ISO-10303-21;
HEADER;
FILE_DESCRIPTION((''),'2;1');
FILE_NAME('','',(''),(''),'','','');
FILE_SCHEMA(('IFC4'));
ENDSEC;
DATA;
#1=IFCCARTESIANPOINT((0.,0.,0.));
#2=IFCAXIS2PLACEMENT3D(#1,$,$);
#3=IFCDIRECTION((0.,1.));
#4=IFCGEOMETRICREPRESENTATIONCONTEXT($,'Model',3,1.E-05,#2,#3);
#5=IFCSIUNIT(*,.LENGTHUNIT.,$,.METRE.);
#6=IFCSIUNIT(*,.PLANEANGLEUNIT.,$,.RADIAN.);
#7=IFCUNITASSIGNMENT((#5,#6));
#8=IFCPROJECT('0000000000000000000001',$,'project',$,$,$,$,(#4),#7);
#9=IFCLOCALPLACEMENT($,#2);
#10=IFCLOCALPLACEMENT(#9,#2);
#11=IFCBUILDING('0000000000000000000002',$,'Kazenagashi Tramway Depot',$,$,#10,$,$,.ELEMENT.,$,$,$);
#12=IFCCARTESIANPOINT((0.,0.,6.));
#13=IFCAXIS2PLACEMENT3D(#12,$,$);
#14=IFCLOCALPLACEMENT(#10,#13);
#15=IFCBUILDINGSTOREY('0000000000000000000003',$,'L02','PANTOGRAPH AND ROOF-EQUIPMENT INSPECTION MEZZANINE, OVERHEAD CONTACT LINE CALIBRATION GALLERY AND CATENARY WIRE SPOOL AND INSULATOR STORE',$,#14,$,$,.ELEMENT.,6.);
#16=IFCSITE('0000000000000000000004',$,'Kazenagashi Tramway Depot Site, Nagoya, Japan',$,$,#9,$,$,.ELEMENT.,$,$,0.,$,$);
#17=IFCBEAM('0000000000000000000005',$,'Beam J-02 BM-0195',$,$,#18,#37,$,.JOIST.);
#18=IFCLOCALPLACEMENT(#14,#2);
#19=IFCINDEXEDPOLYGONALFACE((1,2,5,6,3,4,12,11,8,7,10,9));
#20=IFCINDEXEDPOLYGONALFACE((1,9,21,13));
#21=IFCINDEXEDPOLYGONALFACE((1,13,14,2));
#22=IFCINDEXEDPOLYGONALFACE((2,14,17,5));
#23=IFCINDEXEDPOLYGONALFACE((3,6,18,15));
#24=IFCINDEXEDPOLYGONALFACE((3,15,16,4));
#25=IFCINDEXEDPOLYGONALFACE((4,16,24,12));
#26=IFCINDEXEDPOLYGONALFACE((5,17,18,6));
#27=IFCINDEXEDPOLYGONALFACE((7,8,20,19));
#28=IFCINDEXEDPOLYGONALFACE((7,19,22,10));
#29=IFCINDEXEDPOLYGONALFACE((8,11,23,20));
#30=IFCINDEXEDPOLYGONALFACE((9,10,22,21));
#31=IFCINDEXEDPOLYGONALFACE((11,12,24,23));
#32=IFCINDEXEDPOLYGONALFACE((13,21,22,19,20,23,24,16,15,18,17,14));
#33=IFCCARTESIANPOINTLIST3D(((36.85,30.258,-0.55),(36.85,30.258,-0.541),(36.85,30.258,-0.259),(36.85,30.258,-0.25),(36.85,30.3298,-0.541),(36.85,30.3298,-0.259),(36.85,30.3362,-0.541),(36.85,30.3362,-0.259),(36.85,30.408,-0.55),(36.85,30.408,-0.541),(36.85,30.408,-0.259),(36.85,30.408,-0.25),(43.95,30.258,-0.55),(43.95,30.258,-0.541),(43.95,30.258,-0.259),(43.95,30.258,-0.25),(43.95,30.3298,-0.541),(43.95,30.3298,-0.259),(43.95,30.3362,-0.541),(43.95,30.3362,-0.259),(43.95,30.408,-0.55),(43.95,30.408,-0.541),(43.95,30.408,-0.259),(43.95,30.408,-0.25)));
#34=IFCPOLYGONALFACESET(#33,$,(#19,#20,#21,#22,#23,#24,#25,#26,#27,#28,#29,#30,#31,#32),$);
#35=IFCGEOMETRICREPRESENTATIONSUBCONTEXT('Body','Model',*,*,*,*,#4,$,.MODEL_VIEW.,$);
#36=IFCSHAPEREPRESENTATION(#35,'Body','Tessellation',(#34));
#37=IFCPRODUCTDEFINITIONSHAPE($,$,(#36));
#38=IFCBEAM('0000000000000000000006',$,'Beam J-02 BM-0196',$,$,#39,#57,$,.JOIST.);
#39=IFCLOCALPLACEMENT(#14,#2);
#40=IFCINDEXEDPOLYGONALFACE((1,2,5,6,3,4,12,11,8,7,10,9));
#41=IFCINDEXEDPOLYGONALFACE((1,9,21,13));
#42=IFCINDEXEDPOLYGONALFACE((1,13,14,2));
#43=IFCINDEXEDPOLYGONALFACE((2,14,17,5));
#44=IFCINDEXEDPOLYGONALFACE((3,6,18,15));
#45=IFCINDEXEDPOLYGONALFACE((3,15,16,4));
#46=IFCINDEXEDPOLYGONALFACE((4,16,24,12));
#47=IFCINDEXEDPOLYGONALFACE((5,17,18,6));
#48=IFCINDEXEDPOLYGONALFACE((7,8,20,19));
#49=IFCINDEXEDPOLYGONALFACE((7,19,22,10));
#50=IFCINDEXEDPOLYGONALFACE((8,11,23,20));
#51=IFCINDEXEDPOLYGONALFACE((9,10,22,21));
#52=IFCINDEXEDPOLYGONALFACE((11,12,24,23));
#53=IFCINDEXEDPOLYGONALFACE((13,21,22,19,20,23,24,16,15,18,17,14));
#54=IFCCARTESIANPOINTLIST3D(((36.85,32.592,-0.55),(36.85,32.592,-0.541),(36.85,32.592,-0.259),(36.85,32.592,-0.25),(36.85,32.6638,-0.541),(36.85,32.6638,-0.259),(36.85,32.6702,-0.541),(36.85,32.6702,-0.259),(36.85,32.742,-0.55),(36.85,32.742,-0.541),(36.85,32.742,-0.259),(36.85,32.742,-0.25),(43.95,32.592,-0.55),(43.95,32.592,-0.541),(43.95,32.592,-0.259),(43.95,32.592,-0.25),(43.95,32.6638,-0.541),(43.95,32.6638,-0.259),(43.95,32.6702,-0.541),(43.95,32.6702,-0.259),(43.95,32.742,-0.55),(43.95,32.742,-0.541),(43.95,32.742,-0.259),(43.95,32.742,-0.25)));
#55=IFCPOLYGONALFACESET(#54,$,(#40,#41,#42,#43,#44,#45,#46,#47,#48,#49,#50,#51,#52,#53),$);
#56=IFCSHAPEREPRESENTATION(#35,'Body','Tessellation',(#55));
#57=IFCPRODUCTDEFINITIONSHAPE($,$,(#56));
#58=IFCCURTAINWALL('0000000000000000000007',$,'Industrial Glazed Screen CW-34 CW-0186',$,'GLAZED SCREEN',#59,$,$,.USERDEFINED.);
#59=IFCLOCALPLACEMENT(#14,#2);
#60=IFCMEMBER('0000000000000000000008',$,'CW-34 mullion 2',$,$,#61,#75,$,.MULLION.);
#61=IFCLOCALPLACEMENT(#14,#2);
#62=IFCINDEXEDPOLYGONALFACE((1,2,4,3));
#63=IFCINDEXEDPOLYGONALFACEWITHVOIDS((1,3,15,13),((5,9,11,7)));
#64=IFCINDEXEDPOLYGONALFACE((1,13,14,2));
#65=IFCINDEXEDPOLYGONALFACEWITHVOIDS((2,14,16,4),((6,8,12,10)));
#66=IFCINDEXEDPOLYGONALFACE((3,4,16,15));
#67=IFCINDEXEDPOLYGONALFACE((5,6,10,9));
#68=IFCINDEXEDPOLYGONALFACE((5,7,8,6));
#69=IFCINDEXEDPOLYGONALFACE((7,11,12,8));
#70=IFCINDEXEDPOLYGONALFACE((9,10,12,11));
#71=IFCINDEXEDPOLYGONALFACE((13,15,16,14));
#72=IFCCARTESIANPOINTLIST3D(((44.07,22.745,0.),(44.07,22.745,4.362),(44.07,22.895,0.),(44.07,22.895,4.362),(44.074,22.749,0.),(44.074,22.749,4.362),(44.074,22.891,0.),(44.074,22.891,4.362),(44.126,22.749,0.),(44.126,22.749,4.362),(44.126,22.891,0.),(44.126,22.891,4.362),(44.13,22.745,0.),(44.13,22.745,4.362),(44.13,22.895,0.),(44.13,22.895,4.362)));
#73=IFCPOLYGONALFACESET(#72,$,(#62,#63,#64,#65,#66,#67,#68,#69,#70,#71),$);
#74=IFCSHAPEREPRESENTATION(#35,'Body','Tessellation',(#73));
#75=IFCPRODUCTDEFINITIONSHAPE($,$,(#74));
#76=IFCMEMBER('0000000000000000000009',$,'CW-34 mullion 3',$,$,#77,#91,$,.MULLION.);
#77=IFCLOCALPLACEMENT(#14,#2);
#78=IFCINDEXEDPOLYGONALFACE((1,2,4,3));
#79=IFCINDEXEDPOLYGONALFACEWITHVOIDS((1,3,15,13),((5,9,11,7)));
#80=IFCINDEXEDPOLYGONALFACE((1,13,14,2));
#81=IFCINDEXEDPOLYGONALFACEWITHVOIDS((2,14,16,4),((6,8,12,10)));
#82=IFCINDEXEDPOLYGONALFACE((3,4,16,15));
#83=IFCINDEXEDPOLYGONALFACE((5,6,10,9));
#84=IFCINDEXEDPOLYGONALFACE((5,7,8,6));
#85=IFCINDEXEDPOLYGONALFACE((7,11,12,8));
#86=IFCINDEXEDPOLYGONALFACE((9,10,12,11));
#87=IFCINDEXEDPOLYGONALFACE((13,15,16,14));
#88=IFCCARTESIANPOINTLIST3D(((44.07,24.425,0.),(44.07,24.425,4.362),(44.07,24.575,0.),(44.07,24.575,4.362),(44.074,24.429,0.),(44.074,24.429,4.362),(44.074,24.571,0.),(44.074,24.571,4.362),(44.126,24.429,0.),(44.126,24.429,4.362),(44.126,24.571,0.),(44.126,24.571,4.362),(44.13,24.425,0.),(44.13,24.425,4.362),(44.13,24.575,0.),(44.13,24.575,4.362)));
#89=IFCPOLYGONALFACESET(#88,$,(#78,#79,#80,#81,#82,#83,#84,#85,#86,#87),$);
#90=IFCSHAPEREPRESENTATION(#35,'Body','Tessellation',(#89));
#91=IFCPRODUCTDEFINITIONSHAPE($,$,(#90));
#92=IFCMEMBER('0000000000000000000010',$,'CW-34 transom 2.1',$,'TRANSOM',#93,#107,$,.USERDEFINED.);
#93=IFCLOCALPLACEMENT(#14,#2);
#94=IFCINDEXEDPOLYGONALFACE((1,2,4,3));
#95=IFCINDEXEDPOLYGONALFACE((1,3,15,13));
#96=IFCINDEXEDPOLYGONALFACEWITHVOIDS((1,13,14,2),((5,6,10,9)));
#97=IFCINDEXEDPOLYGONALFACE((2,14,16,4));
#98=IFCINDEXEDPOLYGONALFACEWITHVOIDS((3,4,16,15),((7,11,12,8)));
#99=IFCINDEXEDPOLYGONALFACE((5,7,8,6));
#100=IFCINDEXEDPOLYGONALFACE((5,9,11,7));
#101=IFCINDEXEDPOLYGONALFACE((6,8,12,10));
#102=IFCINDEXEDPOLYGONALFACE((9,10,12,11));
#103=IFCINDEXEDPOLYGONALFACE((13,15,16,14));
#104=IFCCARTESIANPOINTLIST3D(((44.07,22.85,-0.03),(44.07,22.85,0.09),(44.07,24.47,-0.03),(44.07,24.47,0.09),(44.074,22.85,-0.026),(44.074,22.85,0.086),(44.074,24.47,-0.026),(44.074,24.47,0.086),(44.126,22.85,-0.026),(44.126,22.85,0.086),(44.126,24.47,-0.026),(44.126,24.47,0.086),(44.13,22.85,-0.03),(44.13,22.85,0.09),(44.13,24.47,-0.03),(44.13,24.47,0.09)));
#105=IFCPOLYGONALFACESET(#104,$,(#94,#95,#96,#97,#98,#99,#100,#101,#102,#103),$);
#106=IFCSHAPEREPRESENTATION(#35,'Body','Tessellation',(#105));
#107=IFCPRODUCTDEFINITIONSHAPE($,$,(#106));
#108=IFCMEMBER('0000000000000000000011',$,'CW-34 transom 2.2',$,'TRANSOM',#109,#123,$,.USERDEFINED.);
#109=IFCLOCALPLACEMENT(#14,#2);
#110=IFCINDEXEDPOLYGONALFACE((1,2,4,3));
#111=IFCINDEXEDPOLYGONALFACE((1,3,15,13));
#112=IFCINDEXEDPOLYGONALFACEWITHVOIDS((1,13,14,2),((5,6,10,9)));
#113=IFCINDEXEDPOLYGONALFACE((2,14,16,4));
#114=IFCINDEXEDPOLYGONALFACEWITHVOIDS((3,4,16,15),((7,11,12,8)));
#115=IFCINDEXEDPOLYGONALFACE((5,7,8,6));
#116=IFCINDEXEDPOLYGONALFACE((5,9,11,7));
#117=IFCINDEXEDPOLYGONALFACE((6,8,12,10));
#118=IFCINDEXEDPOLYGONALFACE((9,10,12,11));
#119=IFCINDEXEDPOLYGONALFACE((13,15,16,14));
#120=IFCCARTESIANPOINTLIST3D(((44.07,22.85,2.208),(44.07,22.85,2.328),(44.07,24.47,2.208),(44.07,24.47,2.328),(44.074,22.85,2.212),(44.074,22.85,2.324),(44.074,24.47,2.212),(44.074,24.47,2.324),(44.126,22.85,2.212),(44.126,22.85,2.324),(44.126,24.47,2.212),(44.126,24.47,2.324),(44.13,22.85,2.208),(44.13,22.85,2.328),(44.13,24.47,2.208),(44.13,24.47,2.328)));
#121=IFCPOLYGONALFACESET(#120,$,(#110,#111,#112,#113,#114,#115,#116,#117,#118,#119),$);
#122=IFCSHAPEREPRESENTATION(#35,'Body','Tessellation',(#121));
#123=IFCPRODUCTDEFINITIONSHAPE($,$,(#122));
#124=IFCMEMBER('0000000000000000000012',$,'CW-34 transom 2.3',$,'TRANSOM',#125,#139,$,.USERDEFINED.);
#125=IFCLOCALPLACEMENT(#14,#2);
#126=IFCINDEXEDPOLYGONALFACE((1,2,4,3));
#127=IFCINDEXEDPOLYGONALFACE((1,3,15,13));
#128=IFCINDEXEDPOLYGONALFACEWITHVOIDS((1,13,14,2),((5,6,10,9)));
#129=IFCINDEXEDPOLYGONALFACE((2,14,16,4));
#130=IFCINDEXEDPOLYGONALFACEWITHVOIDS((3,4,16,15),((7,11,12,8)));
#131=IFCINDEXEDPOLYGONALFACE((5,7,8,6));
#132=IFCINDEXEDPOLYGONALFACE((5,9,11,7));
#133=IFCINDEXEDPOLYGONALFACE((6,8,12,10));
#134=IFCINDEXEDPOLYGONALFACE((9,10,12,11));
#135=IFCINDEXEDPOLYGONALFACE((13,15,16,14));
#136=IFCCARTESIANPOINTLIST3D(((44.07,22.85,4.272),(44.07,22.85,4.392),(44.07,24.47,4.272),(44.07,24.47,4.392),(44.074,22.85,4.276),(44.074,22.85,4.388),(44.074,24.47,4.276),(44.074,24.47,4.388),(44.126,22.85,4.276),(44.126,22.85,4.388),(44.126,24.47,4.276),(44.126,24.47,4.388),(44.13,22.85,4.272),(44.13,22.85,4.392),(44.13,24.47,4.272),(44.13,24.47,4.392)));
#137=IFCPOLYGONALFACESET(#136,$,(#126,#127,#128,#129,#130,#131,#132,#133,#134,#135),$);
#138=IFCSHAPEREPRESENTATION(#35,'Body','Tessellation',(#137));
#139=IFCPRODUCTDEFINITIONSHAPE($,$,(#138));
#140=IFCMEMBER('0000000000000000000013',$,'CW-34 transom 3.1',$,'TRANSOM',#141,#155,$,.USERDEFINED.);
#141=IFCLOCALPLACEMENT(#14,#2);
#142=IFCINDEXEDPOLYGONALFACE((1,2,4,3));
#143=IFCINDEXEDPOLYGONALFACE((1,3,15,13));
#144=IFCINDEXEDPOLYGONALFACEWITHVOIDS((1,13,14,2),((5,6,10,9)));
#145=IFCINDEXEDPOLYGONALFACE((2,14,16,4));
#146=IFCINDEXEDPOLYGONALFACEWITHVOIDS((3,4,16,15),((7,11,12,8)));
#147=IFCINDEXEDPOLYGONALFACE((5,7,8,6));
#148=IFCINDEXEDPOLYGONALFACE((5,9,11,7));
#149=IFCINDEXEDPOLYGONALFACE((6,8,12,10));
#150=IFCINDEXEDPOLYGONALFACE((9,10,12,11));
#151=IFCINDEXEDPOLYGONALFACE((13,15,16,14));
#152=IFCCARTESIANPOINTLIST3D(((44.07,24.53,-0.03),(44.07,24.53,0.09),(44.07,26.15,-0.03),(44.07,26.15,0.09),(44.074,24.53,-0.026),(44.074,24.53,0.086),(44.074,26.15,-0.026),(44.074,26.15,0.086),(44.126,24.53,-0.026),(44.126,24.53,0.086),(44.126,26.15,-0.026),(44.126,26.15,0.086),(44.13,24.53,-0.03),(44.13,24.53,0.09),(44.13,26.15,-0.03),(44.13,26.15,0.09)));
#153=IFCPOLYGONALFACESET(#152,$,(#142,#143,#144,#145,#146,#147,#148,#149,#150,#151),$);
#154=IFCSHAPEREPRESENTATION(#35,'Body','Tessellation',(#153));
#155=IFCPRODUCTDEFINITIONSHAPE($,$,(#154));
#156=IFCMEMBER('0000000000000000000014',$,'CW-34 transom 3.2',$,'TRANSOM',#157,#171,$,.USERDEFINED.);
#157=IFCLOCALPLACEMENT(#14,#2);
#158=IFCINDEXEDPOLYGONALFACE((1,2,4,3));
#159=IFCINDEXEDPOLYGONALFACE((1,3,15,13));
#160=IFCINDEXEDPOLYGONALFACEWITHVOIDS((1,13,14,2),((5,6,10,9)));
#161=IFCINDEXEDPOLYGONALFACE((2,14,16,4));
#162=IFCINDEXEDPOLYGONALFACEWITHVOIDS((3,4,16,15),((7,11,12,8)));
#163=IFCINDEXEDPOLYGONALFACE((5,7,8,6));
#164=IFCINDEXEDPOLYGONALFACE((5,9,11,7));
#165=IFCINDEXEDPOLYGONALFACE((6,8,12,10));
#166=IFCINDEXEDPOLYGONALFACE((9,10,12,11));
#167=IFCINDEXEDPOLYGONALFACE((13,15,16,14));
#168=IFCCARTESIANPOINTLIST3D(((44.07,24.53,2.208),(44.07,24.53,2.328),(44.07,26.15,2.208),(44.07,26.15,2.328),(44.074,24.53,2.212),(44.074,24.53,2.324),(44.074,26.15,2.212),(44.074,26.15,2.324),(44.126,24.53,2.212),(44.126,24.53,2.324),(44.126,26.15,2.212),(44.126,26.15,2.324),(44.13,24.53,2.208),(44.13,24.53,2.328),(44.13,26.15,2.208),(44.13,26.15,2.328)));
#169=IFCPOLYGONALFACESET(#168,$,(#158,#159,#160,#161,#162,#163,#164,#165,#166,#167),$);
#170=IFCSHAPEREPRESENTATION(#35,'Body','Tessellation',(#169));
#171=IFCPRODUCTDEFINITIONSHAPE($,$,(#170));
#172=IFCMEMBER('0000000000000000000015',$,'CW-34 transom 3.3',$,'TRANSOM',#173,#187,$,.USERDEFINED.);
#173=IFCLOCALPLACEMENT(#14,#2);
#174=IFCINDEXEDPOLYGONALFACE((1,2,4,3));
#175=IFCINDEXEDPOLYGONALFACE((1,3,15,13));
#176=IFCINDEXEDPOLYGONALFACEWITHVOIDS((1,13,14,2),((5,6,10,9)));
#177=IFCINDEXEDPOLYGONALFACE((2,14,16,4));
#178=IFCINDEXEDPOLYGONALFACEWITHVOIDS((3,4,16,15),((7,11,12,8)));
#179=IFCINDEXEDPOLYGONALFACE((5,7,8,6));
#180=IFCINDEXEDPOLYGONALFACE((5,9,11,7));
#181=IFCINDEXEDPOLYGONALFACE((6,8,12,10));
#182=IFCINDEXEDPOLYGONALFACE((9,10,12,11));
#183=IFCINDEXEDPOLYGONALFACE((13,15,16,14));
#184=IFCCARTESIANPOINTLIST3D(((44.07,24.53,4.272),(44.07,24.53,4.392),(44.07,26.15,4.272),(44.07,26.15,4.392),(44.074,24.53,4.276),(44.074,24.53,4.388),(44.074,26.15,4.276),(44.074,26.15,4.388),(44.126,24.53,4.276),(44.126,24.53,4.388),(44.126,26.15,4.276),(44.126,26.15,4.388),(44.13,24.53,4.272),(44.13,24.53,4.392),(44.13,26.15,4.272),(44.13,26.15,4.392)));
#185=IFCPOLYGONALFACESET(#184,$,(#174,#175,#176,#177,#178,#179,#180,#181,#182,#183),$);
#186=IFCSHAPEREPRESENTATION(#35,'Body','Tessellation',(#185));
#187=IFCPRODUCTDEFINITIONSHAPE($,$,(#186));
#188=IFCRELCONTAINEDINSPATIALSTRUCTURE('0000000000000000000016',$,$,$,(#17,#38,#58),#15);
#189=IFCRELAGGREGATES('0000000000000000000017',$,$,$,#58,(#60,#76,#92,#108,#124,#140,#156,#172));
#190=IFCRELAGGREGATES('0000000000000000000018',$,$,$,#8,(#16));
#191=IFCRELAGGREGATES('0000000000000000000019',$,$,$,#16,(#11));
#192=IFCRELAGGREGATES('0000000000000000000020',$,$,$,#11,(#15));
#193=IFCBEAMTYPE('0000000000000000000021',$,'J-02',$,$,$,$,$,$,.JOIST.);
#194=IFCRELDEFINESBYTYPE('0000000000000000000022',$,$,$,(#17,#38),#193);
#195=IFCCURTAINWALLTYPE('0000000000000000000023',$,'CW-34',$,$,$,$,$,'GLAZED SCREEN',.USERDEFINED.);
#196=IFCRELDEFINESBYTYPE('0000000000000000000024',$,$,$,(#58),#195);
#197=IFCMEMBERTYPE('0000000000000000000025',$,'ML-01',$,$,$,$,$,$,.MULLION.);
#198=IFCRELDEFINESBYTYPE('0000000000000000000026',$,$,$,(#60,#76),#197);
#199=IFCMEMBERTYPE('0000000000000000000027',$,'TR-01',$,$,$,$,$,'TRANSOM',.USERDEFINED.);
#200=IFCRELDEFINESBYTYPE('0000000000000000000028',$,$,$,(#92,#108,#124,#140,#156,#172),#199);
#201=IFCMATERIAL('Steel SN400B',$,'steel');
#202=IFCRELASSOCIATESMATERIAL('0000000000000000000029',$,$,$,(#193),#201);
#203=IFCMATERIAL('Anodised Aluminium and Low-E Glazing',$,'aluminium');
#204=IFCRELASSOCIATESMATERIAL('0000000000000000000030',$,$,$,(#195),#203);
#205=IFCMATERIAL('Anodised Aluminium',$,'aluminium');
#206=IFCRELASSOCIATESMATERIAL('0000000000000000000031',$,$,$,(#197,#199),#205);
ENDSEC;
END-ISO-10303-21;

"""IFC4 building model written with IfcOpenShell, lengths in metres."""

from ifc_helpers import new_model, si_unit, direction, frame, origin, origin_2d, place, context, subcontext, project, spatial, hollow_rectangle, i_section, extrude, material, material_profile, profile_set, type_object, element, aggregate, save


model = new_model("IFC4")

# Units and contexts
model_context = context("Model", 3, precision=1e-05, world=origin(), true_north=direction((0.0, 1.0)))
body_context = subcontext(model_context, "Body", "Model", "MODEL_VIEW")
ifc_project = project(units=[si_unit("LENGTHUNIT", "METRE"), si_unit("PLANEANGLEUNIT", "RADIAN")], contexts=[model_context])

# Site, building, storey
site_placement = place(None, origin())
site = spatial("IfcSite", under=ifc_project, at=site_placement, Name="Kazenagashi Tramway Depot Site, Nagoya, Japan", CompositionType="ELEMENT", RefElevation=0.0)
building_placement = place(site_placement, origin())
building = spatial("IfcBuilding", under=site, at=building_placement, Name="Kazenagashi Tramway Depot", CompositionType="ELEMENT")
storey_placement = place(building_placement, frame((0.0, 0.0, 6.0)))
storey = spatial("IfcBuildingStorey", under=building, at=storey_placement, Name="L02", Description="PANTOGRAPH AND ROOF-EQUIPMENT INSPECTION MEZZANINE, OVERHEAD CONTACT LINE CALIBRATION GALLERY AND CATENARY WIRE SPOOL AND INSULATOR STORE", CompositionType="ELEMENT", Elevation=6.0)

# Beams
ifc_material_1 = material(Name="Steel SN400B", Category="steel")
ifc_material_profile_1 = material_profile(ifc_material_1, i_section(OverallWidth=0.15, OverallDepth=0.3, WebThickness=0.0065, FlangeThickness=0.009, at=origin_2d()), Name="H-300x150x6.5x9")
ifc_profile_set_1 = profile_set([ifc_material_profile_1], Name="Steel SN400B")
beam_type_1 = type_object("IfcBeamType", Name="J-02", PredefinedType="JOIST", material=ifc_profile_set_1)
for number, where, z_axis, x_axis, name in (
    (1, (36.85, 30.333, -0.4), (1.0, 0.0, 0.0), (0.0, 1.0, 0.0), "Beam J-02 BM-0195"),
    (2, (36.85, 32.667, -0.4), (1.0, 0.0, 0.0), (0.0, 1.0, 0.0), "Beam J-02 BM-0196"),
):
    element("IfcBeam", number, at=place(storey_placement, frame(where, z_axis=z_axis, x_axis=x_axis)), inside=storey, type_object=beam_type_1, Name=name, PredefinedType="JOIST", context=body_context, shape_type="SweptSolid", body=[
        extrude(i_section(OverallWidth=0.15, OverallDepth=0.3, WebThickness=0.0065, FlangeThickness=0.009, at=origin_2d()), origin(), (0.0, 0.0, 1.0), 7.1),
    ])

# Curtain wall, members
ifc_material_2 = material(Name="Anodised Aluminium and Low-E Glazing", Category="aluminium")
curtain_wall_type = type_object("IfcCurtainWallType", Name="CW-34", ElementType="GLAZED SCREEN", PredefinedType="USERDEFINED", material=ifc_material_2)
curtain_wall_placement = place(storey_placement, origin())
curtain_wall = element("IfcCurtainWall", 3, at=curtain_wall_placement, inside=storey, type_object=curtain_wall_type, Name="Industrial Glazed Screen CW-34 CW-0186", ObjectType="GLAZED SCREEN", PredefinedType="USERDEFINED")
ifc_material_3 = material(Name="Anodised Aluminium", Category="aluminium")
ifc_material_profile_2 = material_profile(ifc_material_3, hollow_rectangle(XDim=0.06, YDim=0.15, WallThickness=0.004, at=origin_2d()), Name="RHS-150x60x4")
ifc_profile_set_2 = profile_set([ifc_material_profile_2], Name="Anodised Aluminium")
member_type_1 = type_object("IfcMemberType", Name="ML-01", PredefinedType="MULLION", material=ifc_profile_set_2)
member_1_placement = place(storey_placement, frame((44.1, 22.82, 0.0), z_axis=(0.0, 0.0, 1.0), x_axis=(-1.0, 0.0, 0.0)))
member_1 = element("IfcMember", 4, at=member_1_placement, type_object=member_type_1, Name="CW-34 mullion 2", PredefinedType="MULLION", context=body_context, shape_type="SweptSolid", body=[
    extrude(hollow_rectangle(XDim=0.06, YDim=0.15, WallThickness=0.004, at=origin_2d()), origin(), (0.0, 0.0, 1.0), 4.362),
])
member_2_placement = place(storey_placement, frame((44.1, 24.5, 0.0), z_axis=(0.0, 0.0, 1.0), x_axis=(-1.0, 0.0, 0.0)))
member_2 = element("IfcMember", 5, at=member_2_placement, type_object=member_type_1, Name="CW-34 mullion 3", PredefinedType="MULLION", context=body_context, shape_type="SweptSolid", body=[
    extrude(hollow_rectangle(XDim=0.06, YDim=0.15, WallThickness=0.004, at=origin_2d()), origin(), (0.0, 0.0, 1.0), 4.362),
])
ifc_material_profile_3 = material_profile(ifc_material_3, hollow_rectangle(XDim=0.06, YDim=0.12, WallThickness=0.004, at=origin_2d()), Name="RHS-120x60x4")
ifc_profile_set_3 = profile_set([ifc_material_profile_3], Name="Anodised Aluminium")
member_type_2 = type_object("IfcMemberType", Name="TR-01", ElementType="TRANSOM", PredefinedType="USERDEFINED", material=ifc_profile_set_3)
member_3_placement = place(storey_placement, frame((44.1, 22.85, 0.03), z_axis=(0.0, 1.0, 0.0), x_axis=(-1.0, 0.0, 0.0)))
member_3 = element("IfcMember", 6, at=member_3_placement, type_object=member_type_2, Name="CW-34 transom 2.1", ObjectType="TRANSOM", PredefinedType="USERDEFINED", context=body_context, shape_type="SweptSolid", body=[
    extrude(hollow_rectangle(XDim=0.06, YDim=0.12, WallThickness=0.004, at=origin_2d()), origin(), (0.0, 0.0, 1.0), 1.62),
])
member_4_placement = place(storey_placement, frame((44.1, 22.85, 2.268), z_axis=(0.0, 1.0, 0.0), x_axis=(-1.0, 0.0, 0.0)))
member_4 = element("IfcMember", 7, at=member_4_placement, type_object=member_type_2, Name="CW-34 transom 2.2", ObjectType="TRANSOM", PredefinedType="USERDEFINED", context=body_context, shape_type="SweptSolid", body=[
    extrude(hollow_rectangle(XDim=0.06, YDim=0.12, WallThickness=0.004, at=origin_2d()), origin(), (0.0, 0.0, 1.0), 1.62),
])
member_5_placement = place(storey_placement, frame((44.1, 22.85, 4.332), z_axis=(0.0, 1.0, 0.0), x_axis=(-1.0, 0.0, 0.0)))
member_5 = element("IfcMember", 8, at=member_5_placement, type_object=member_type_2, Name="CW-34 transom 2.3", ObjectType="TRANSOM", PredefinedType="USERDEFINED", context=body_context, shape_type="SweptSolid", body=[
    extrude(hollow_rectangle(XDim=0.06, YDim=0.12, WallThickness=0.004, at=origin_2d()), origin(), (0.0, 0.0, 1.0), 1.62),
])
member_6_placement = place(storey_placement, frame((44.1, 24.53, 0.03), z_axis=(0.0, 1.0, 0.0), x_axis=(-1.0, 0.0, 0.0)))
member_6 = element("IfcMember", 9, at=member_6_placement, type_object=member_type_2, Name="CW-34 transom 3.1", ObjectType="TRANSOM", PredefinedType="USERDEFINED", context=body_context, shape_type="SweptSolid", body=[
    extrude(hollow_rectangle(XDim=0.06, YDim=0.12, WallThickness=0.004, at=origin_2d()), origin(), (0.0, 0.0, 1.0), 1.62),
])
member_7_placement = place(storey_placement, frame((44.1, 24.53, 2.268), z_axis=(0.0, 1.0, 0.0), x_axis=(-1.0, 0.0, 0.0)))
member_7 = element("IfcMember", 10, at=member_7_placement, type_object=member_type_2, Name="CW-34 transom 3.2", ObjectType="TRANSOM", PredefinedType="USERDEFINED", context=body_context, shape_type="SweptSolid", body=[
    extrude(hollow_rectangle(XDim=0.06, YDim=0.12, WallThickness=0.004, at=origin_2d()), origin(), (0.0, 0.0, 1.0), 1.62),
])
member_8_placement = place(storey_placement, frame((44.1, 24.53, 4.332), z_axis=(0.0, 1.0, 0.0), x_axis=(-1.0, 0.0, 0.0)))
member_8 = element("IfcMember", 11, at=member_8_placement, type_object=member_type_2, Name="CW-34 transom 3.3", ObjectType="TRANSOM", PredefinedType="USERDEFINED", context=body_context, shape_type="SweptSolid", body=[
    extrude(hollow_rectangle(XDim=0.06, YDim=0.12, WallThickness=0.004, at=origin_2d()), origin(), (0.0, 0.0, 1.0), 1.62),
])
aggregate(curtain_wall, [member_1, member_2, member_3, member_4, member_5, member_6, member_7, member_8])

save(model, "model.ifc")
